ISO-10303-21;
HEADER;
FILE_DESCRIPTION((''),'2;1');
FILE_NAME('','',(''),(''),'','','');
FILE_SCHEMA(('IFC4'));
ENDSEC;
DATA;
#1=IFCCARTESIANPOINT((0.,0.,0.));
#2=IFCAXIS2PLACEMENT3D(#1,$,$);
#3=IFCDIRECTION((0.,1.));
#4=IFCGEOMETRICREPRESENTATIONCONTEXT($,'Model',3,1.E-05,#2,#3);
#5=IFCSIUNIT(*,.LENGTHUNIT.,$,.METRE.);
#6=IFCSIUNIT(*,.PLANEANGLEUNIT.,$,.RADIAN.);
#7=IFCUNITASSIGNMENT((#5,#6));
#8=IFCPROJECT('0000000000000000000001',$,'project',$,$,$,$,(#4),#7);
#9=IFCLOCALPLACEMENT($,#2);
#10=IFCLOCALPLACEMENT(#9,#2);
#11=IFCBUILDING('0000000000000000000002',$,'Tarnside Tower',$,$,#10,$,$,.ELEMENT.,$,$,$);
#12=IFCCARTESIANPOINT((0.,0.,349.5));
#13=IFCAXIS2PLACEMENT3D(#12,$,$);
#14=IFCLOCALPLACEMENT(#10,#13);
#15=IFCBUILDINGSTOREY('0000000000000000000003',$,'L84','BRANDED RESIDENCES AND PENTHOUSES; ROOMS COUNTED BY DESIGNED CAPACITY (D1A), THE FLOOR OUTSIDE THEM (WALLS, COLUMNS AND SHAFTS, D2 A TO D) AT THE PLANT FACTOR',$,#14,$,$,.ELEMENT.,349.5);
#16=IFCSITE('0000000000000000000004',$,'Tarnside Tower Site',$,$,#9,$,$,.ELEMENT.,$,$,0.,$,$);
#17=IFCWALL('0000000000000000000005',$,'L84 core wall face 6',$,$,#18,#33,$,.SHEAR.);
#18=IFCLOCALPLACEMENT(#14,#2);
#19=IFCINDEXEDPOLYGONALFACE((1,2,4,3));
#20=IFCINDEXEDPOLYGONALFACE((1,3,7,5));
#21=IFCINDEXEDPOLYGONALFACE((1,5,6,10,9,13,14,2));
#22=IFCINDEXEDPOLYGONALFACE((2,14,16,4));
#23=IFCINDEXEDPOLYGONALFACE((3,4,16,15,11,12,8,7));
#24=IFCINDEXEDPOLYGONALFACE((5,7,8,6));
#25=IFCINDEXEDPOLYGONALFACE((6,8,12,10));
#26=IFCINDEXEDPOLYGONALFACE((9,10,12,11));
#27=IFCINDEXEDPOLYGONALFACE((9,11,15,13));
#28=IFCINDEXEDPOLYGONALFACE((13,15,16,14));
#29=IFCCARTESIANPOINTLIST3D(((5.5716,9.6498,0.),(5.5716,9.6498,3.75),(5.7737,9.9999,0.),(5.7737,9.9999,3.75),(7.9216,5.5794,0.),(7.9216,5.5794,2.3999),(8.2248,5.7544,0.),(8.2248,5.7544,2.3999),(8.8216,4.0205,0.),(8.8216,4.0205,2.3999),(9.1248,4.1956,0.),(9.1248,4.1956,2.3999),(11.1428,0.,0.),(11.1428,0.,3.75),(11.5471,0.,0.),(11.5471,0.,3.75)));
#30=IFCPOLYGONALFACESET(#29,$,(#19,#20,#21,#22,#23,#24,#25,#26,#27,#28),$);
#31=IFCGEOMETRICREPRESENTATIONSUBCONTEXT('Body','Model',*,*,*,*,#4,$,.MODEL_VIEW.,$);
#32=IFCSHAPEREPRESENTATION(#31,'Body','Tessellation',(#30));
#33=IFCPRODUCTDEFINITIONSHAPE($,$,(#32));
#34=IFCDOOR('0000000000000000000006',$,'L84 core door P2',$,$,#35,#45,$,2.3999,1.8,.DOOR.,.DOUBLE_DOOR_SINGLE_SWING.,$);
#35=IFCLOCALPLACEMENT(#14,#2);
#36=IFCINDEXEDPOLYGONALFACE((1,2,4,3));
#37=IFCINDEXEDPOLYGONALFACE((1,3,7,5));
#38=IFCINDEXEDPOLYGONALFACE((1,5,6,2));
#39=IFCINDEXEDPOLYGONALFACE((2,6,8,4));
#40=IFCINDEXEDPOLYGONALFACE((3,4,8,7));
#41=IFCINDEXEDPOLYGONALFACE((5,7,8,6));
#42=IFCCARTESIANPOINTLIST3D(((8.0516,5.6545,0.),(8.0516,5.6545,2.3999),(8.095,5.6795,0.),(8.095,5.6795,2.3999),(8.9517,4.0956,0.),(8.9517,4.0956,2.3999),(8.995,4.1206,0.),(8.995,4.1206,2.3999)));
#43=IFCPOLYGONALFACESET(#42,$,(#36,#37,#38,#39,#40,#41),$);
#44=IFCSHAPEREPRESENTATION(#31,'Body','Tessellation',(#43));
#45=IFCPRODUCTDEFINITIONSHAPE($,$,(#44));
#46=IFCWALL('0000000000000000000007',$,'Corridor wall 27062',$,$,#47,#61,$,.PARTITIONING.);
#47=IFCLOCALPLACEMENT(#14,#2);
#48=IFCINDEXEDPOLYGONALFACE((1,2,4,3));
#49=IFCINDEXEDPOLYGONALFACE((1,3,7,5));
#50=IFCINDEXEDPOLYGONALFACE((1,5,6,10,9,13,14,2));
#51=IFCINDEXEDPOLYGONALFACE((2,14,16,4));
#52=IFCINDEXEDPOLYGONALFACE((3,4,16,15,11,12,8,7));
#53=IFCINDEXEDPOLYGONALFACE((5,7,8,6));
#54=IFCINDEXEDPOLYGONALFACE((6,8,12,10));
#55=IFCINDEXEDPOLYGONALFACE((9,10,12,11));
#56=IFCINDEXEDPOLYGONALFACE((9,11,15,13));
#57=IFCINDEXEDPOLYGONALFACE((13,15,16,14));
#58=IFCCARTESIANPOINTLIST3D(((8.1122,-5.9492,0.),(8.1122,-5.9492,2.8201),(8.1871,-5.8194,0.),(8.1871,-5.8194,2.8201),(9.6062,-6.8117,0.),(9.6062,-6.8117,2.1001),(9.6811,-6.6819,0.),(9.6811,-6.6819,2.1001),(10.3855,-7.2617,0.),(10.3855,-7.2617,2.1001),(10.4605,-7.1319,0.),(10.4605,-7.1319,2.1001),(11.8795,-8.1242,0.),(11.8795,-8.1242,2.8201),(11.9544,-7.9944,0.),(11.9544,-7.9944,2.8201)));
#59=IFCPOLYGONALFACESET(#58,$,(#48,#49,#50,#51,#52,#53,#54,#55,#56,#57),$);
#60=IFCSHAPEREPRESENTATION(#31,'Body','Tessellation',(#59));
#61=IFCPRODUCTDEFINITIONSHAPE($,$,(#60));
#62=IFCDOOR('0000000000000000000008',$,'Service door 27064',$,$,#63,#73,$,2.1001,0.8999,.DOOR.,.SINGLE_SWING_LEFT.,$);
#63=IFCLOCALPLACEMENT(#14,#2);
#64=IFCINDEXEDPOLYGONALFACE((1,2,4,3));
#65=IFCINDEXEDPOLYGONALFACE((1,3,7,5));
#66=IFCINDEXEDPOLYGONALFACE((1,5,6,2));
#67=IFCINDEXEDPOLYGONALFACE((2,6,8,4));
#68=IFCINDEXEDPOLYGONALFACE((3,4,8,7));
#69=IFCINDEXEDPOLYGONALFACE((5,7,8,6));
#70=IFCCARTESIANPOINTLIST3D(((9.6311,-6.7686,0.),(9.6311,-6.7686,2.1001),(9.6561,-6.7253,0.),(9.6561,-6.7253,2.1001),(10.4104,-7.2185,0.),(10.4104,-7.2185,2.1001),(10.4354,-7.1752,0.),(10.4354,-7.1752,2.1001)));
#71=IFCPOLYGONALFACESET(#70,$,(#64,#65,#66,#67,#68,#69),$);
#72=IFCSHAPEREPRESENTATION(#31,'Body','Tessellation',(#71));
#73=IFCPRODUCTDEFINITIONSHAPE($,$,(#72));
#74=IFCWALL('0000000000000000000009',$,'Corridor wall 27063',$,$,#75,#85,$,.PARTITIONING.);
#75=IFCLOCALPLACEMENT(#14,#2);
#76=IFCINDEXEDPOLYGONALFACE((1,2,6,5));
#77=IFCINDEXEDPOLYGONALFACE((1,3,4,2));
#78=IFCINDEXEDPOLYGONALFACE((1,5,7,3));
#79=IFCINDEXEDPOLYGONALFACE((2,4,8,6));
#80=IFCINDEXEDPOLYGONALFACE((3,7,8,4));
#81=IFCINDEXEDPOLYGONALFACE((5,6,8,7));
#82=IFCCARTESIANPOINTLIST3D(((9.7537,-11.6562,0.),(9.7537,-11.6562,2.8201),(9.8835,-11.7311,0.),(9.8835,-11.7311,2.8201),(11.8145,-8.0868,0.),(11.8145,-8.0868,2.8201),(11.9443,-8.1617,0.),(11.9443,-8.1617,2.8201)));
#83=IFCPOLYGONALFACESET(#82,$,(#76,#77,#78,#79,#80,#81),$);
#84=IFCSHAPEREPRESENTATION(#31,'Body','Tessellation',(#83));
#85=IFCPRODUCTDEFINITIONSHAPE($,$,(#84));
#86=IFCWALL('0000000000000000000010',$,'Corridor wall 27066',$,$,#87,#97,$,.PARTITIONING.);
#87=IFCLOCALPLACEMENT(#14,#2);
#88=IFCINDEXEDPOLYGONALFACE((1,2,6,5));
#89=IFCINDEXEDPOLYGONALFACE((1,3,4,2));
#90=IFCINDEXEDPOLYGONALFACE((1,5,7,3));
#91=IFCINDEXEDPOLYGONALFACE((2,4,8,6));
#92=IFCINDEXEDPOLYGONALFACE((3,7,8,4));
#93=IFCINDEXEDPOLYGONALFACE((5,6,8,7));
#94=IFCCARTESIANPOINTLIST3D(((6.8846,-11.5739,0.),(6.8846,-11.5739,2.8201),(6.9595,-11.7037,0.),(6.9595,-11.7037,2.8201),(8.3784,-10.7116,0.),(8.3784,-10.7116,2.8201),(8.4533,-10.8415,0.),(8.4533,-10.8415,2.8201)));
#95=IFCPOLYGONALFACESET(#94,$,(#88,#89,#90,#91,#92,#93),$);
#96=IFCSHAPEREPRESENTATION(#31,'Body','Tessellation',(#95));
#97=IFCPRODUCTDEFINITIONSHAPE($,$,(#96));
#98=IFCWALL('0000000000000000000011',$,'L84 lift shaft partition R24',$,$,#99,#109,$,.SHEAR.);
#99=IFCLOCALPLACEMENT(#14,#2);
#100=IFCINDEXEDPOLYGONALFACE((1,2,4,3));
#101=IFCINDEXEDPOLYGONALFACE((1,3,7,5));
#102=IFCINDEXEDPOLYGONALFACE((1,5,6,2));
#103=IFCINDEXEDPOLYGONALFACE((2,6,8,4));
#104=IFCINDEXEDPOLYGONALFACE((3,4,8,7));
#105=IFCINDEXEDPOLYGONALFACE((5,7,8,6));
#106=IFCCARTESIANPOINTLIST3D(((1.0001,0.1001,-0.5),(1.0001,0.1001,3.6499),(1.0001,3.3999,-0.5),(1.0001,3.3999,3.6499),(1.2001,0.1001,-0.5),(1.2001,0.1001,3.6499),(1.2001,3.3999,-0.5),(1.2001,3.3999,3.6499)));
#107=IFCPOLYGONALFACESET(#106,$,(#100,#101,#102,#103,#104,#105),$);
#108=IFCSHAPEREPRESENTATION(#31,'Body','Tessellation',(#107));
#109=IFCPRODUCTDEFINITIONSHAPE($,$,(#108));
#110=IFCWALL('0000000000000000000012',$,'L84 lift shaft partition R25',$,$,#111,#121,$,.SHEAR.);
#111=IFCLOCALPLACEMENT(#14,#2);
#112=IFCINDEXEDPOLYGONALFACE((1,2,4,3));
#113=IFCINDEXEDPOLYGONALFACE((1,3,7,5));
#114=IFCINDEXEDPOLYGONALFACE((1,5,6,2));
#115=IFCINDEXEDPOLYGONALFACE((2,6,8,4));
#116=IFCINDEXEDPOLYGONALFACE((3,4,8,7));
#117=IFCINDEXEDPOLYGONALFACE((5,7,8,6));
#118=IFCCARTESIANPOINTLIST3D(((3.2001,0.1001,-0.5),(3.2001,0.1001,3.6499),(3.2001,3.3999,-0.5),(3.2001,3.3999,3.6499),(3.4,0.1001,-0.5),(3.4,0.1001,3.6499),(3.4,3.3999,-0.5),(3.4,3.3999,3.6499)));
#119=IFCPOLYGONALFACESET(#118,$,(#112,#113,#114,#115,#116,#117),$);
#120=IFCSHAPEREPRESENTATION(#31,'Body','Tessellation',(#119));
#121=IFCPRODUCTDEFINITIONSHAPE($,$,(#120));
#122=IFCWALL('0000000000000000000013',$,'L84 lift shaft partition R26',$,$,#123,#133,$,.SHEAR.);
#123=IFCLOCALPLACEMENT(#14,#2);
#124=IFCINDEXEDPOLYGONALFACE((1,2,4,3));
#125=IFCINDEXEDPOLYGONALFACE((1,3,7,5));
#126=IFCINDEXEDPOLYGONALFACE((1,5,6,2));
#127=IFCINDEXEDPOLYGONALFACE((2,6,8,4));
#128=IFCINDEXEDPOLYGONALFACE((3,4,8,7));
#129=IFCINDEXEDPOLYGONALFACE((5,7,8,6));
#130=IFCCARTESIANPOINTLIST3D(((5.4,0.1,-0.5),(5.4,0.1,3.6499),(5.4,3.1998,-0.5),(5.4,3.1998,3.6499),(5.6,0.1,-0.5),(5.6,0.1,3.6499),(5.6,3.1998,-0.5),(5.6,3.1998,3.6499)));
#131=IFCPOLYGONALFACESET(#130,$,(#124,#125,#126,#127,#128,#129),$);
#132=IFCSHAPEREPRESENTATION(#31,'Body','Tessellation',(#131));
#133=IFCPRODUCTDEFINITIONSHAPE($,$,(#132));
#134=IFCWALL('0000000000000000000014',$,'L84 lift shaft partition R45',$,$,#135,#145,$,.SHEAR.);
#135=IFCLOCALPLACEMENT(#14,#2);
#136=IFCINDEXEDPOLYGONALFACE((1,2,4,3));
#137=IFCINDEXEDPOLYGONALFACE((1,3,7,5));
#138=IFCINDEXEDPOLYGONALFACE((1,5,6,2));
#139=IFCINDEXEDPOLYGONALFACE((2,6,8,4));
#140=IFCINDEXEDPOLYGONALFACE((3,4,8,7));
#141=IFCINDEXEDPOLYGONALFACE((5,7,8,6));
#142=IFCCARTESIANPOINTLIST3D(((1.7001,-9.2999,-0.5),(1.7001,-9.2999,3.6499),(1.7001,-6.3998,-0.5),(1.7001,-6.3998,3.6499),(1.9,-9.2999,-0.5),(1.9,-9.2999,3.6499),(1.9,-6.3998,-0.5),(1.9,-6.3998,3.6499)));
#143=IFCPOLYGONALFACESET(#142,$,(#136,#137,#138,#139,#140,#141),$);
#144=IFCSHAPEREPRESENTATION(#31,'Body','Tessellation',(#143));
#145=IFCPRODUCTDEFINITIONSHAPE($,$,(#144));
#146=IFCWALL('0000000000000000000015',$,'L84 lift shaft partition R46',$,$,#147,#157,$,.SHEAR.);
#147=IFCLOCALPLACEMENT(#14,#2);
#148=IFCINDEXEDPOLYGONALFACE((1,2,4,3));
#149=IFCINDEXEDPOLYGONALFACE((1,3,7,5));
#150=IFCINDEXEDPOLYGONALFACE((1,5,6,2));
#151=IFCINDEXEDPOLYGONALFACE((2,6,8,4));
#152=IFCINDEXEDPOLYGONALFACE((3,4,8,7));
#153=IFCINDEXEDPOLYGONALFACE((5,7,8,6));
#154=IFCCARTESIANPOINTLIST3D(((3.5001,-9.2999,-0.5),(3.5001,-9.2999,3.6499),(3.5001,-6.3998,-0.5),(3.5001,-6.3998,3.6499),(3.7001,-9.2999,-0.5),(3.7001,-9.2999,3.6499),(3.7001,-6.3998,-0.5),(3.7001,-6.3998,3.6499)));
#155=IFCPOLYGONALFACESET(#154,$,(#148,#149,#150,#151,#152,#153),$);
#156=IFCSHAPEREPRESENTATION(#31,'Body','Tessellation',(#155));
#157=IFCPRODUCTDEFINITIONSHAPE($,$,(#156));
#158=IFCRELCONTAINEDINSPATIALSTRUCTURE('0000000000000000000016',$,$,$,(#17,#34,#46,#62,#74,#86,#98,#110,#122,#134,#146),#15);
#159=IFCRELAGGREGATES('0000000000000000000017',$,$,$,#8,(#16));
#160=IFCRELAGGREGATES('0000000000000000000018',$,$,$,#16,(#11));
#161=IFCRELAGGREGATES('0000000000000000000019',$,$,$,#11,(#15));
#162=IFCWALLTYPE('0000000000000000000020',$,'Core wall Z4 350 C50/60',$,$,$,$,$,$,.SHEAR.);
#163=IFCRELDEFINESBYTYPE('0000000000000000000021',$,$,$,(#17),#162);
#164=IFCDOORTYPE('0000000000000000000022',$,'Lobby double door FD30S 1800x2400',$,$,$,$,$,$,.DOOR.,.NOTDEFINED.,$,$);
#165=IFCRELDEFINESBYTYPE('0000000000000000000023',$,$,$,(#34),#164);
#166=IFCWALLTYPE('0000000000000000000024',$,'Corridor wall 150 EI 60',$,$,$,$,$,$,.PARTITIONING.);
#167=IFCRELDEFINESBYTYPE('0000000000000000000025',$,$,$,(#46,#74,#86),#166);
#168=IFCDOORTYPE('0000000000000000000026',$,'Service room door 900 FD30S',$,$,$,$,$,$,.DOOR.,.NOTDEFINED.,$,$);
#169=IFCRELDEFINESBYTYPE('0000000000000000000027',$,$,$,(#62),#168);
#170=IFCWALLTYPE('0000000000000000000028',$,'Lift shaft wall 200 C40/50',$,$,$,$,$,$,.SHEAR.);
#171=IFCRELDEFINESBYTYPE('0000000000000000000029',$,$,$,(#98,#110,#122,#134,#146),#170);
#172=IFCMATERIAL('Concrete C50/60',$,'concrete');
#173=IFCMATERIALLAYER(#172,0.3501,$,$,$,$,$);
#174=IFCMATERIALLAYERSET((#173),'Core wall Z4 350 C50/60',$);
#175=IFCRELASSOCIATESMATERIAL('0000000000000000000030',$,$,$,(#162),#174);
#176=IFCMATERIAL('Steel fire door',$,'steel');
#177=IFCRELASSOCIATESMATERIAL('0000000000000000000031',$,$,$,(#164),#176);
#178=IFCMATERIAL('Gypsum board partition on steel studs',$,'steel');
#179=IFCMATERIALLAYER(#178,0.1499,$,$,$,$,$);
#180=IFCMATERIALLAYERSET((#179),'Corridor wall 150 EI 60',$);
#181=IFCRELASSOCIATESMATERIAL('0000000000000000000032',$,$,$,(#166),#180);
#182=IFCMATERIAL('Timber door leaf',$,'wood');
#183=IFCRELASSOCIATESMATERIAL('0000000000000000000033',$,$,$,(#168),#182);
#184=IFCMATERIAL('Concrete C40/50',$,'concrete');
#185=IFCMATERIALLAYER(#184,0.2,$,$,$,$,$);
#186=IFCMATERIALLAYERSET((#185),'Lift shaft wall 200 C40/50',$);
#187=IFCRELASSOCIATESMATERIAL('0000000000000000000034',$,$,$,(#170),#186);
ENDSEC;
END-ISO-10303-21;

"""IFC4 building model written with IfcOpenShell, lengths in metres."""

from ifc_helpers import new_model, si_unit, direction, frame, frame_2d, origin, place, context, subcontext, project, spatial, polyline, rectangle, outline, extrude, material, layer, layer_set, type_object, element, fill, save


model = new_model("IFC4")

# Units and contexts
model_context = context("Model", 3, precision=1e-05, world=origin(), true_north=direction((0.0, 1.0)))
body_context = subcontext(model_context, "Body", "Model", "MODEL_VIEW")
ifc_project = project(units=[si_unit("LENGTHUNIT", "METRE"), si_unit("PLANEANGLEUNIT", "RADIAN")], contexts=[model_context])

# Site, building, storey
site_placement = place(None, origin())
site = spatial("IfcSite", under=ifc_project, at=site_placement, Name="Tarnside Tower Site", CompositionType="ELEMENT", RefElevation=0.0)
building_placement = place(site_placement, origin())
building = spatial("IfcBuilding", under=site, at=building_placement, Name="Tarnside Tower", CompositionType="ELEMENT")
storey_placement = place(building_placement, frame((0.0, 0.0, 349.5)))
storey = spatial("IfcBuildingStorey", under=building, at=storey_placement, Name="L84", Description="BRANDED RESIDENCES AND PENTHOUSES; ROOMS COUNTED BY DESIGNED CAPACITY (D1A), THE FLOOR OUTSIDE THEM (WALLS, COLUMNS AND SHAFTS, D2 A TO D) AT THE PLANT FACTOR", CompositionType="ELEMENT", Elevation=349.5)

# Shared definitions
ifc_material_1 = material(Name="Gypsum board partition on steel studs", Category="steel")
ifc_material_2 = material(Name="Timber door leaf", Category="wood")
ifc_material_3 = material(Name="Concrete C40/50", Category="concrete")
ifc_material_4 = material(Name="Steel fire door", Category="steel")

# Walls, openings, doors
ifc_material_5 = material(Name="Concrete C50/60", Category="concrete")
ifc_layer_1 = layer(ifc_material_5, 0.3501)
ifc_layer_set_1 = layer_set([ifc_layer_1], Name="Core wall Z4 350 C50/60")
wall_type_1 = type_object("IfcWallType", Name="Core wall Z4 350 C50/60", PredefinedType="SHEAR", material=ifc_layer_set_1)
wall_1_placement = place(storey_placement, frame((11.345, 0.0, 0.0), z_axis=(0.0, 0.0, 1.0), x_axis=(-0.499995, 0.866028, 0.0)))
wall_1 = element("IfcWall", 1, at=wall_1_placement, inside=storey, type_object=wall_type_1, Name="L84 core wall face 6", PredefinedType="SHEAR", context=body_context, shape_type="SweptSolid", body=[
    extrude(outline(polyline([(-0.1011, -0.175), (11.4458, -0.175), (11.2437, 0.175), (0.1011, 0.175), (-0.1011, -0.175)])), origin(), (0.0, 0.0, 1.0), 3.75),
])
opening_1_placement = place(wall_1_placement, frame((4.7437, 0.0, 0.0)))
opening_1 = element("IfcOpeningElement", 2, at=opening_1_placement, cuts=wall_1, PredefinedType="OPENING", context=body_context, shape_type="SweptSolid", body=[
    extrude(rectangle(XDim=1.8, YDim=2.3999, at=frame_2d((0.8999, 1.2))), frame((0.0, 0.1851, 0.0), z_axis=(0.0, -1.0, 0.0), x_axis=(1.0, 0.0, 0.0)), (0.0, 0.0, 1.0), 0.3701),
])
door_type_1 = type_object("IfcDoorType", Name="Lobby double door FD30S 1800x2400", OperationType="NOTDEFINED", PredefinedType="DOOR", material=ifc_material_4)
door_1_placement = place(opening_1_placement, origin())
door_1 = element("IfcDoor", 3, at=door_1_placement, inside=storey, type_object=door_type_1, Name="L84 core door P2", OperationType="DOUBLE_DOOR_SINGLE_SWING", OverallHeight=2.3999, OverallWidth=1.8, PredefinedType="DOOR", context=body_context, shape_type="SweptSolid", body=[
    extrude(rectangle(XDim=1.8, YDim=2.3999, at=frame_2d((0.8999, 1.2))), frame((0.0, 0.0249, 0.0), z_axis=(0.0, -1.0, 0.0), x_axis=(1.0, 0.0, 0.0)), (0.0, 0.0, 1.0), 0.05),
])
fill(opening_1, door_1)
ifc_layer_2 = layer(ifc_material_1, 0.1499)
ifc_layer_set_2 = layer_set([ifc_layer_2], Name="Corridor wall 150 EI 60")
wall_type_2 = type_object("IfcWallType", Name="Corridor wall 150 EI 60", PredefinedType="PARTITIONING", material=ifc_layer_set_2)
wall_2_placement = place(storey_placement, frame((8.1497, -5.8843, 0.0), z_axis=(0.0, 0.0, 1.0), x_axis=(0.866028, -0.499996, 0.0)))
wall_2 = element("IfcWall", 4, at=wall_2_placement, inside=storey, type_object=wall_type_2, Name="Corridor wall 27062", PredefinedType="PARTITIONING", context=body_context, shape_type="SweptSolid", body=[
    extrude(rectangle(XDim=4.3501, YDim=0.1499, at=frame_2d((2.175, 0.0))), origin(), (0.0, 0.0, 1.0), 2.8201),
])
opening_2_placement = place(wall_2_placement, frame((1.7251, 0.0, 0.0)))
opening_2 = element("IfcOpeningElement", 5, at=opening_2_placement, cuts=wall_2, PredefinedType="OPENING", context=body_context, shape_type="SweptSolid", body=[
    extrude(rectangle(XDim=0.8999, YDim=2.1001, at=frame_2d((0.45, 1.05))), frame((0.0, 0.085, 0.0), z_axis=(0.0, -1.0, 0.0), x_axis=(1.0, 0.0, 0.0)), (0.0, 0.0, 1.0), 0.1699),
])
door_type_2 = type_object("IfcDoorType", Name="Service room door 900 FD30S", OperationType="NOTDEFINED", PredefinedType="DOOR", material=ifc_material_2)
door_2_placement = place(opening_2_placement, origin())
door_2 = element("IfcDoor", 6, at=door_2_placement, inside=storey, type_object=door_type_2, Name="Service door 27064", OperationType="SINGLE_SWING_LEFT", OverallHeight=2.1001, OverallWidth=0.8999, PredefinedType="DOOR", context=body_context, shape_type="SweptSolid", body=[
    extrude(rectangle(XDim=0.8999, YDim=2.1001, at=frame_2d((0.45, 1.05))), frame((0.0, 0.0249, 0.0), z_axis=(0.0, -1.0, 0.0), x_axis=(1.0, 0.0, 0.0)), (0.0, 0.0, 1.0), 0.05),
])
fill(opening_2, door_2)

# Walls
wall_3_placement = place(storey_placement, frame((11.8794, -8.1243, 0.0), z_axis=(0.0, 0.0, 1.0), x_axis=(-0.500006, -0.866022, 0.0)))
element("IfcWall", 7, at=wall_3_placement, inside=storey, type_object=wall_type_2, Name="Corridor wall 27063", PredefinedType="PARTITIONING", context=body_context, shape_type="SweptSolid", body=[
    extrude(rectangle(XDim=4.1216, YDim=0.1499, at=frame_2d((2.0608, 0.0))), origin(), (0.0, 0.0, 1.0), 2.8201),
])
wall_4_placement = place(storey_placement, frame((8.4158, -10.7766, 0.0), z_axis=(0.0, 0.0, 1.0), x_axis=(-0.866075, -0.499914, 0.0)))
element("IfcWall", 8, at=wall_4_placement, inside=storey, type_object=wall_type_2, Name="Corridor wall 27066", PredefinedType="PARTITIONING", context=body_context, shape_type="SweptSolid", body=[
    extrude(rectangle(XDim=1.7249, YDim=0.1499, at=frame_2d((0.8623, 0.0))), origin(), (0.0, 0.0, 1.0), 2.8201),
])
ifc_layer_3 = layer(ifc_material_3, 0.2)
ifc_layer_set_3 = layer_set([ifc_layer_3], Name="Lift shaft wall 200 C40/50")
wall_type_3 = type_object("IfcWallType", Name="Lift shaft wall 200 C40/50", PredefinedType="SHEAR", material=ifc_layer_set_3)
for number, where, z_axis, x_axis, name in (
    (9, (1.1001, 0.1001, -0.5), (0.0, 0.0, 1.0), (0.0, 1.0, 0.0), "L84 lift shaft partition R24"),
    (10, (3.3, 0.1001, -0.5), (0.0, 0.0, 1.0), (0.0, 1.0, 0.0), "L84 lift shaft partition R25"),
):
    element("IfcWall", number, at=place(storey_placement, frame(where, z_axis=z_axis, x_axis=x_axis)), inside=storey, type_object=wall_type_3, Name=name, PredefinedType="SHEAR", context=body_context, shape_type="SweptSolid", body=[
        extrude(rectangle(XDim=3.2998, YDim=0.2, at=frame_2d((1.6499, 0.0))), origin(), (0.0, 0.0, 1.0), 4.1499),
    ])
wall_5_placement = place(storey_placement, frame((5.5, 0.1001, -0.5), z_axis=(0.0, 0.0, 1.0), x_axis=(0.0, 1.0, 0.0)))
element("IfcWall", 11, at=wall_5_placement, inside=storey, type_object=wall_type_3, Name="L84 lift shaft partition R26", PredefinedType="SHEAR", context=body_context, shape_type="SweptSolid", body=[
    extrude(rectangle(XDim=3.0999, YDim=0.2, at=frame_2d((1.5498, 0.0))), origin(), (0.0, 0.0, 1.0), 4.1499),
])
for number, where, z_axis, x_axis, name in (
    (12, (1.8, -9.3, -0.5), (0.0, 0.0, 1.0), (0.0, 1.0, 0.0), "L84 lift shaft partition R45"),
    (13, (3.6001, -9.3, -0.5), (0.0, 0.0, 1.0), (0.0, 1.0, 0.0), "L84 lift shaft partition R46"),
):
    element("IfcWall", number, at=place(storey_placement, frame(where, z_axis=z_axis, x_axis=x_axis)), inside=storey, type_object=wall_type_3, Name=name, PredefinedType="SHEAR", context=body_context, shape_type="SweptSolid", body=[
        extrude(rectangle(XDim=2.9001, YDim=0.2, at=frame_2d((1.4502, 0.0))), origin(), (0.0, 0.0, 1.0), 4.1499),
    ])

save(model, "model.ifc")
